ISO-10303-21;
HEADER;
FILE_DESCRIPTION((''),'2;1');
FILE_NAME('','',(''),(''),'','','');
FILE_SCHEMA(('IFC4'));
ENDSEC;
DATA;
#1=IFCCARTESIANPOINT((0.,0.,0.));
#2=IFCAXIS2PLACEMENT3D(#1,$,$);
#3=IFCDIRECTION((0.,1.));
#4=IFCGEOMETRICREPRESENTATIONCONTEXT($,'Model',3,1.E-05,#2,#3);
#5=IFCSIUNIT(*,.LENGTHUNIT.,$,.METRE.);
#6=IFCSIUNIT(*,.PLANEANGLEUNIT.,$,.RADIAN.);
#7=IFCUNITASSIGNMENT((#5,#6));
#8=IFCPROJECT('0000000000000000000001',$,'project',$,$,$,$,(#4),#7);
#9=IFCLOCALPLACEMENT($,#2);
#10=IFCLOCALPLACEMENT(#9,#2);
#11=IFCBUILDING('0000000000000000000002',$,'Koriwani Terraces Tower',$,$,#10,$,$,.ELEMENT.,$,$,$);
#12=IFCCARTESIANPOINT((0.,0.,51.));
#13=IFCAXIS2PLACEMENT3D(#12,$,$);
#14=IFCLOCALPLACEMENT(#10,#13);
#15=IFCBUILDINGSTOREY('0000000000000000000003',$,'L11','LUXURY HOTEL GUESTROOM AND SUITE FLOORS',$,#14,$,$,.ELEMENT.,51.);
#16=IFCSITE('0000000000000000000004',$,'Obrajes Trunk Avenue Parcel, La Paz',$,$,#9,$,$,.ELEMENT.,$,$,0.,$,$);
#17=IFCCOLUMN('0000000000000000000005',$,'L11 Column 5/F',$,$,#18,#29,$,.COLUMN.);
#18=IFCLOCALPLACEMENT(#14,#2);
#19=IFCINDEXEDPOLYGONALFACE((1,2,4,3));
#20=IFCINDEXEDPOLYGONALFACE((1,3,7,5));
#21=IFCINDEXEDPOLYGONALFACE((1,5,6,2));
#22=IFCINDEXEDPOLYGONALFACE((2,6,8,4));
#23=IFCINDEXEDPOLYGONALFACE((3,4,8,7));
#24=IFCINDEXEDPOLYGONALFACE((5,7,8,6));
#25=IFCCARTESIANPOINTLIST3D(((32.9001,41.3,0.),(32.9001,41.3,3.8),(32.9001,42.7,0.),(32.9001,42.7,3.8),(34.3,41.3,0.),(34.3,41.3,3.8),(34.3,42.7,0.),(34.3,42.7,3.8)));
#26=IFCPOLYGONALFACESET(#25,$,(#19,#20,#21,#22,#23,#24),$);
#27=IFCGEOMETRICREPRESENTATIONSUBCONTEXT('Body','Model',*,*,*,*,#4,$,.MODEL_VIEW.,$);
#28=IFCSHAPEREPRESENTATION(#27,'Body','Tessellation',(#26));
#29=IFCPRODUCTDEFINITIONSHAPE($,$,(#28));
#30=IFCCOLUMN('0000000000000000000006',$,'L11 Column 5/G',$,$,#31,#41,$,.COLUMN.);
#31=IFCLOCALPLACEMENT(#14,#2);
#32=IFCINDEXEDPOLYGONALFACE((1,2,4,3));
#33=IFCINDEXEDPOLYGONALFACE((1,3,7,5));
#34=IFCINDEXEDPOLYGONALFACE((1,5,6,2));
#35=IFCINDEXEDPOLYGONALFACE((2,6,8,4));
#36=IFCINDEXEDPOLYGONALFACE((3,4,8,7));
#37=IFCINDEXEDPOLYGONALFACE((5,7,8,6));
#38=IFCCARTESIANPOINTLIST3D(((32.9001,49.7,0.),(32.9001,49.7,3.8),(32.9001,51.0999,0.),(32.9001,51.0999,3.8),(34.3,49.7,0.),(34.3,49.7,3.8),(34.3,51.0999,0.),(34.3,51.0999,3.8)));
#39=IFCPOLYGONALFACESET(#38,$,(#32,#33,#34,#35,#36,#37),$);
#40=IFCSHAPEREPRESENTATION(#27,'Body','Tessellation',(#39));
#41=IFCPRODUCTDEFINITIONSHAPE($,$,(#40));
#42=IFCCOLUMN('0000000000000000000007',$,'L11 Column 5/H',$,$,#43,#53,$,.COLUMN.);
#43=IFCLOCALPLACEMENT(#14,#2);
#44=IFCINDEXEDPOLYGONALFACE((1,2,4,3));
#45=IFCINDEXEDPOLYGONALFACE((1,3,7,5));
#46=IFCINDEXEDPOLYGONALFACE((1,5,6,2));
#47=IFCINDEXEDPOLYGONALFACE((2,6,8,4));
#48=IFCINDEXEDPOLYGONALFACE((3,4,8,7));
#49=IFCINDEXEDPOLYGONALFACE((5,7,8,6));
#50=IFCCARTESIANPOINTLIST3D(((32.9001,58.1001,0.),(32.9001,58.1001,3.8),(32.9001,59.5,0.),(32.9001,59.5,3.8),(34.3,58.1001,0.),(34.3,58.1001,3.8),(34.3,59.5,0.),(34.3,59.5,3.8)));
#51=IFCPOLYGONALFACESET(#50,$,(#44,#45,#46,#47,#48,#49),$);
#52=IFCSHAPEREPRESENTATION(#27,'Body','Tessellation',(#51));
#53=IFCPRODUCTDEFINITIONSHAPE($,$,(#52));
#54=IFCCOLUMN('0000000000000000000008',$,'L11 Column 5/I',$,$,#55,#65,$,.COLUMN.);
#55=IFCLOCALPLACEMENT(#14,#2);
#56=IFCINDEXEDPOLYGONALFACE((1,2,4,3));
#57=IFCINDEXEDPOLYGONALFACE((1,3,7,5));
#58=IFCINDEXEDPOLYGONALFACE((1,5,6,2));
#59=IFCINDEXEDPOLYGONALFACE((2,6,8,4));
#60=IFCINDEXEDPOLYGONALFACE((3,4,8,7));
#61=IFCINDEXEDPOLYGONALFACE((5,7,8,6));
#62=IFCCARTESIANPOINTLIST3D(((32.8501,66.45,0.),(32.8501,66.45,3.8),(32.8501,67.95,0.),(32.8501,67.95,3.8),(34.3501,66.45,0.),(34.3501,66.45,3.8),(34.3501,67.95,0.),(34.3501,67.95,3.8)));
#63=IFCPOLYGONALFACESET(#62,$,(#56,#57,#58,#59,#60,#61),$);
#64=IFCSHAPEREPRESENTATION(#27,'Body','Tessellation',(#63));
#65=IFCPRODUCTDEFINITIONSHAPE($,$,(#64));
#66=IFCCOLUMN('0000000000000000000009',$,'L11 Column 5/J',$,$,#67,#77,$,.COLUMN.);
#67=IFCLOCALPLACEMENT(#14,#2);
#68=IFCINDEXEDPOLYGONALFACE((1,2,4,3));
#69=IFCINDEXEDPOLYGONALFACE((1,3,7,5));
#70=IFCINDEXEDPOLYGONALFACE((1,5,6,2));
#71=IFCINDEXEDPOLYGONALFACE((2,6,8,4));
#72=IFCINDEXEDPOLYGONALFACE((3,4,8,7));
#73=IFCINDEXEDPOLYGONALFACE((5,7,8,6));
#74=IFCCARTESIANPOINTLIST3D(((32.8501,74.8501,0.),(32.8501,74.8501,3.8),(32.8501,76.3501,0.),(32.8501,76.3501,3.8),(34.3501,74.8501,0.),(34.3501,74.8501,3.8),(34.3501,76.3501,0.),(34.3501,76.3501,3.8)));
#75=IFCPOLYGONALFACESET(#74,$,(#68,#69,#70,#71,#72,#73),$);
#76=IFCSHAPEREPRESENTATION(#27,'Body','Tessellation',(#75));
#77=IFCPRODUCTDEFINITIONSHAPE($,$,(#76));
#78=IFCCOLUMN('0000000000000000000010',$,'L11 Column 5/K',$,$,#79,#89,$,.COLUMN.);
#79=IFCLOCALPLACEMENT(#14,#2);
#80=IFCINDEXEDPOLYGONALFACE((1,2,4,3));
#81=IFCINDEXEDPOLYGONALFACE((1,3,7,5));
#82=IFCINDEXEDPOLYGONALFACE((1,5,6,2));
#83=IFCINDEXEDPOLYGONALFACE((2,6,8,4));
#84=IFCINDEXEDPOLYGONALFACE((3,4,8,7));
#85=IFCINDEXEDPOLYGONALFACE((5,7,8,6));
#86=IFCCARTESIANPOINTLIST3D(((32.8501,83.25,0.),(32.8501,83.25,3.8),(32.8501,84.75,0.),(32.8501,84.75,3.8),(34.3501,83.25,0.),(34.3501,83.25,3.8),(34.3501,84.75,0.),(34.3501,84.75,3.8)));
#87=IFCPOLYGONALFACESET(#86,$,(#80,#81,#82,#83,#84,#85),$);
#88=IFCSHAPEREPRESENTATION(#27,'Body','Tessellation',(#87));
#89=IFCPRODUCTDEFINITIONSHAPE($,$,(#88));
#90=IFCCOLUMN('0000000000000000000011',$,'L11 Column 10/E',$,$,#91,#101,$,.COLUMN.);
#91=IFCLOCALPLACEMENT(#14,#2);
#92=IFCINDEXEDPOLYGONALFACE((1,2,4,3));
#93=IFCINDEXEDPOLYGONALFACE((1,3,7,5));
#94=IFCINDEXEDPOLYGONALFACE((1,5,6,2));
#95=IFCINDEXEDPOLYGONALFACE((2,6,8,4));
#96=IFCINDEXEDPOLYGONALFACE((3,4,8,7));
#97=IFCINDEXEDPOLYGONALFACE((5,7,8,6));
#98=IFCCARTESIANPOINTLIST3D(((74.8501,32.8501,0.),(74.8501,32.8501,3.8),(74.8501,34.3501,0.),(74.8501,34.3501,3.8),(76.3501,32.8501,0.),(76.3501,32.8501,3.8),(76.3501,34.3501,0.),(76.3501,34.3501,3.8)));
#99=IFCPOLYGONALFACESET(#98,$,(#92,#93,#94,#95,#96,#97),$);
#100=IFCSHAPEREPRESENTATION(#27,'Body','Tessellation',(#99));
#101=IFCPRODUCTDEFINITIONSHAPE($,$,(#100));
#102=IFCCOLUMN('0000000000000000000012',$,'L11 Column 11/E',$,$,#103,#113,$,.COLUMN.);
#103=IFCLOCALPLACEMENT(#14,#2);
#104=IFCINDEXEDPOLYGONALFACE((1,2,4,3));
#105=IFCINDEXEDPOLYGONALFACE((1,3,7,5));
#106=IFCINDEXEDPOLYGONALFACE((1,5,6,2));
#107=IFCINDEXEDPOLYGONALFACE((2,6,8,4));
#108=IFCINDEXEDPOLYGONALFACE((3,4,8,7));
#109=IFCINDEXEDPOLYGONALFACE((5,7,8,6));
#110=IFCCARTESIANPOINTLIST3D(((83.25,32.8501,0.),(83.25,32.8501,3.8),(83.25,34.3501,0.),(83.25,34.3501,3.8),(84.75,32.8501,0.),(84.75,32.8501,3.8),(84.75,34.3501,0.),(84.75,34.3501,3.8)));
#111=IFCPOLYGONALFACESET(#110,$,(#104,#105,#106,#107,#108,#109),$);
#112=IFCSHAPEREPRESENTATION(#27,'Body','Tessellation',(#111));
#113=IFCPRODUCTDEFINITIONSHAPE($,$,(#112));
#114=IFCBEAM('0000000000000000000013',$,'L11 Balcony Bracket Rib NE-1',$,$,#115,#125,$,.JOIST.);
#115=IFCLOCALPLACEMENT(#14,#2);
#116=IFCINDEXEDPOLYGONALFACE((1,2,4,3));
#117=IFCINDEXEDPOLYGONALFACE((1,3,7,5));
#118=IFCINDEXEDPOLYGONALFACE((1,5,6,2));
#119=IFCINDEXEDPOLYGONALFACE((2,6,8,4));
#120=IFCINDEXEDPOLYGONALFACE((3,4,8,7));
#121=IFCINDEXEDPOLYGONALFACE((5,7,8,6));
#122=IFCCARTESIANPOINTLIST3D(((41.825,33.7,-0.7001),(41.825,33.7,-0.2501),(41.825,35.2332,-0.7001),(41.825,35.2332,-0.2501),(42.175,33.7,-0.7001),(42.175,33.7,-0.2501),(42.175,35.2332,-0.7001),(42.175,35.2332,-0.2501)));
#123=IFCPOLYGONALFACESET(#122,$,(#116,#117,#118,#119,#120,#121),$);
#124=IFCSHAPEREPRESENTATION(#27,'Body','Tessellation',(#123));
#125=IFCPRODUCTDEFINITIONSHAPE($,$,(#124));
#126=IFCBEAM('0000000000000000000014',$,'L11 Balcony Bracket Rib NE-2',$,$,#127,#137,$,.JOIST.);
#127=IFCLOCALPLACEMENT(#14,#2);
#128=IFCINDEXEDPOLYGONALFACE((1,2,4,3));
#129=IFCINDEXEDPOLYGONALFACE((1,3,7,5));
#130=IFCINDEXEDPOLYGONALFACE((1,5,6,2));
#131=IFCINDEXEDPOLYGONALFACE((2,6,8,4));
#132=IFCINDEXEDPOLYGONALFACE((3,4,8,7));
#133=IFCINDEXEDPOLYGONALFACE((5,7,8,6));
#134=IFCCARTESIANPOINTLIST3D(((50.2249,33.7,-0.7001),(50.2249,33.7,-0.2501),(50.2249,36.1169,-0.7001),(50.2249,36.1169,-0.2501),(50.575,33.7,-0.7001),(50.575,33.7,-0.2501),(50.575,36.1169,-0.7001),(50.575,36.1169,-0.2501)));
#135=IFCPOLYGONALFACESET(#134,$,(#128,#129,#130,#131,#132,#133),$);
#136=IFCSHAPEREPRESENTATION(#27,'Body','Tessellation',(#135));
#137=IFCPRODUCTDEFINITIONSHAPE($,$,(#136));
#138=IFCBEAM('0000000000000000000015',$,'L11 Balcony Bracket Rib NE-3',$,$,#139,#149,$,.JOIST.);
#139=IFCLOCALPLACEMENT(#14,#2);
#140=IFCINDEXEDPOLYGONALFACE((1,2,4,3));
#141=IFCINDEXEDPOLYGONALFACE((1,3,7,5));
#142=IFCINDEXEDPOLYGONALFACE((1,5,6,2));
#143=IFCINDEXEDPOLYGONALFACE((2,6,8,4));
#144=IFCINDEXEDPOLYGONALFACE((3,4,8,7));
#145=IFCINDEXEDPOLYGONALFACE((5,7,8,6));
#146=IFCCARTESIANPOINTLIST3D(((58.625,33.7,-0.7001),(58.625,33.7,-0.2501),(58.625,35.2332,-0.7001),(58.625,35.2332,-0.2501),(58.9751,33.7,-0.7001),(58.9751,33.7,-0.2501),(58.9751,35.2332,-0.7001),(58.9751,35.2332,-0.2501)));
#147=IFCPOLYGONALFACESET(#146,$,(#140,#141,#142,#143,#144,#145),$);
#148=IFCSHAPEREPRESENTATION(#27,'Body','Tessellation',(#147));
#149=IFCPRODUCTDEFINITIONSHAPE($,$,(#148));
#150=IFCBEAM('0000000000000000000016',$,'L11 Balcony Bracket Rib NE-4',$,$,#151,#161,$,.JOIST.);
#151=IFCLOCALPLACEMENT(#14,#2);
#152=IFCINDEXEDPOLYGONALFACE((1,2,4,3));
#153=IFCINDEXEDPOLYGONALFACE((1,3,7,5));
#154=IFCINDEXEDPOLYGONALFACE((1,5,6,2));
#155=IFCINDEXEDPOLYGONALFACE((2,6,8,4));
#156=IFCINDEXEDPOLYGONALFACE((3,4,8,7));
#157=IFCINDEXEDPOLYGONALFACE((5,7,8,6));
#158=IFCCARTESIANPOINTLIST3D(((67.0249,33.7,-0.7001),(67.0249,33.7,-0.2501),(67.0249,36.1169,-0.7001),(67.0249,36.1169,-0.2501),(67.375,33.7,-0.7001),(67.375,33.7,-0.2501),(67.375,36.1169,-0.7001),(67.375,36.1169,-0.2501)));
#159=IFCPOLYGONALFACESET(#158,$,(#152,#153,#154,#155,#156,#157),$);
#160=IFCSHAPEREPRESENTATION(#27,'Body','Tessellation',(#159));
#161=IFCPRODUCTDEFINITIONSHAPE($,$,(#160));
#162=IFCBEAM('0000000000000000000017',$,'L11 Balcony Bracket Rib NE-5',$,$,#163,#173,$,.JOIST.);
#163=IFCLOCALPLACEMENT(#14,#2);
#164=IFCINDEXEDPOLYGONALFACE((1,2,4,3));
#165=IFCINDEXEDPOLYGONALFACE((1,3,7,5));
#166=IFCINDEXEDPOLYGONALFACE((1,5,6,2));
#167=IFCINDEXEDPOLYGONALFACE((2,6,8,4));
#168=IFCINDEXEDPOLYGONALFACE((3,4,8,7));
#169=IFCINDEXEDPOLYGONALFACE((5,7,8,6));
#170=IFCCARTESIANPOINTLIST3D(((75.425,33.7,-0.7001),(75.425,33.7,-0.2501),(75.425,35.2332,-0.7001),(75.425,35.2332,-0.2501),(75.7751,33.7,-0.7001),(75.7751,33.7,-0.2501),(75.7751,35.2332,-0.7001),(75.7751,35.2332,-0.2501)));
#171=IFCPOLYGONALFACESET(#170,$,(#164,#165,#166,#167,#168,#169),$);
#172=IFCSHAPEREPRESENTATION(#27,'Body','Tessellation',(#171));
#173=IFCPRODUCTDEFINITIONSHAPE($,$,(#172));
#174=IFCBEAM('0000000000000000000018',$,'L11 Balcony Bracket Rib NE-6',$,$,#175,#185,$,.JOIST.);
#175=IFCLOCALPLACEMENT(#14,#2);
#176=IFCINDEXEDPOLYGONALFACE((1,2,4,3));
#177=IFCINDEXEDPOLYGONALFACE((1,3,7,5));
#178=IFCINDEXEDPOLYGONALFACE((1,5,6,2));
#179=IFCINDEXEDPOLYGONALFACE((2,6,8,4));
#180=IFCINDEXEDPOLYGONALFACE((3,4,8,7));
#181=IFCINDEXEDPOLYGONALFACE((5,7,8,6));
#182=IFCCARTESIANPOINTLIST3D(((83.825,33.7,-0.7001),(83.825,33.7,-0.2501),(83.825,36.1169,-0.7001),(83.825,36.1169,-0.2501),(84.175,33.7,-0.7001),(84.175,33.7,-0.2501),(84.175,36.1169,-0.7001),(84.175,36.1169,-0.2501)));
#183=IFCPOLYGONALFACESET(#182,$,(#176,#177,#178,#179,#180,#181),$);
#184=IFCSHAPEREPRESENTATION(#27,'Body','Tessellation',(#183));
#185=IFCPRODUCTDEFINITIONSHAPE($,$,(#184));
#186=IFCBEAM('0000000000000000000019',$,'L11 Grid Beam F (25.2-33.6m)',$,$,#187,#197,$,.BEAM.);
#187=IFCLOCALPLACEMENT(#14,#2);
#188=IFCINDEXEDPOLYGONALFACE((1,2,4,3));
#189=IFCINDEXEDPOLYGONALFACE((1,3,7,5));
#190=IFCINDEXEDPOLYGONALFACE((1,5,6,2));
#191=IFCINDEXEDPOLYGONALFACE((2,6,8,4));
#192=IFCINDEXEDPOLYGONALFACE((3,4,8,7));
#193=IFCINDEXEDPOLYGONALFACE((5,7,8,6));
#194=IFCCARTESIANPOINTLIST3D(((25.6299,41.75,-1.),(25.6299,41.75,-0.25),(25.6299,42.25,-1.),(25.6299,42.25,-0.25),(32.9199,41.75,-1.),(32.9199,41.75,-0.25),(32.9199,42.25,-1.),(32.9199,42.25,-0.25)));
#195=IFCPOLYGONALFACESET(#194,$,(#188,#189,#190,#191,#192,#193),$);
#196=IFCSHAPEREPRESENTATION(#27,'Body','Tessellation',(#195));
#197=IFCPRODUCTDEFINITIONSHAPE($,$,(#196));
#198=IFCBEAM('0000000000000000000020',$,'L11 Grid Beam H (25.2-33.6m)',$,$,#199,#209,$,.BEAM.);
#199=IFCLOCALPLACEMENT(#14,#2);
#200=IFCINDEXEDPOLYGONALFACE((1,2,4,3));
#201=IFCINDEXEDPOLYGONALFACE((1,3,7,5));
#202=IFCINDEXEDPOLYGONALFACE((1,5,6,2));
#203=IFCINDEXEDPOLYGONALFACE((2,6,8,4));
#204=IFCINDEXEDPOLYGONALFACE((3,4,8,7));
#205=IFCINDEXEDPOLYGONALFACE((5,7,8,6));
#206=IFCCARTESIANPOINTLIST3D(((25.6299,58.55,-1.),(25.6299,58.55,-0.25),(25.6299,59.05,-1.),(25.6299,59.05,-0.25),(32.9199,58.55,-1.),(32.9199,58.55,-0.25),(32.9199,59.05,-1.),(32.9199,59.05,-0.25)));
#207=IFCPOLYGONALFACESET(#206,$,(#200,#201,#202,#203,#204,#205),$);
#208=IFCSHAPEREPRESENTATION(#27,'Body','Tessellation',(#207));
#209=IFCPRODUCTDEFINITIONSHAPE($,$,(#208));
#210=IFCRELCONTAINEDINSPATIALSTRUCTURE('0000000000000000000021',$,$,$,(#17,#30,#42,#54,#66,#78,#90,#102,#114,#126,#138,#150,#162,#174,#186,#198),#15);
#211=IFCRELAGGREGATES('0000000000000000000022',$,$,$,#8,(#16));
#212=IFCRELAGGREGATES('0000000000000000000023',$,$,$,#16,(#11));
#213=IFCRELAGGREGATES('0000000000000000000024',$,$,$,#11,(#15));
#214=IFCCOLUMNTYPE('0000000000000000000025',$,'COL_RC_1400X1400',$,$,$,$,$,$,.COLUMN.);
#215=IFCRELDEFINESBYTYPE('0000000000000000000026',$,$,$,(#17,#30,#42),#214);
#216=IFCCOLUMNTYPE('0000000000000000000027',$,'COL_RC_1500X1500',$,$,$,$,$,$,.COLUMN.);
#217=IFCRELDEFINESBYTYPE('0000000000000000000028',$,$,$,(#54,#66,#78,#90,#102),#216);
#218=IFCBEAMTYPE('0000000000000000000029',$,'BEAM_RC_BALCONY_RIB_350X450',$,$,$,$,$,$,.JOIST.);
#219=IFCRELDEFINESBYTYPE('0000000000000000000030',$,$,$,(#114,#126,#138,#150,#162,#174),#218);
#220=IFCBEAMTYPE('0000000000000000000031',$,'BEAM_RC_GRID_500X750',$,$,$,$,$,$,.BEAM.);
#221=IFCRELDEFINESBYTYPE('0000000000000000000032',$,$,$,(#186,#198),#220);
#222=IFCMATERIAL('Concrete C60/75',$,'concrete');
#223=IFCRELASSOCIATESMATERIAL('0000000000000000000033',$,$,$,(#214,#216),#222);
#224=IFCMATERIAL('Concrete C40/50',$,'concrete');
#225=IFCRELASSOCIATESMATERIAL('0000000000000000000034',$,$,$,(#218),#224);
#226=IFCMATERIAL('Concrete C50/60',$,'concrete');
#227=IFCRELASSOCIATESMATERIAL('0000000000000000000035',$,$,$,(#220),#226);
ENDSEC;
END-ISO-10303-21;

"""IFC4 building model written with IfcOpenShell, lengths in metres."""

from ifc_helpers import new_model, si_unit, direction, frame, origin, origin_2d, place, context, subcontext, project, spatial, rectangle, extrude, material, material_profile, profile_set, type_object, element, save


model = new_model("IFC4")

# Units and contexts
model_context = context("Model", 3, precision=1e-05, world=origin(), true_north=direction((0.0, 1.0)))
body_context = subcontext(model_context, "Body", "Model", "MODEL_VIEW")
ifc_project = project(units=[si_unit("LENGTHUNIT", "METRE"), si_unit("PLANEANGLEUNIT", "RADIAN")], contexts=[model_context])

# Site, building, storey
site_placement = place(None, origin())
site = spatial("IfcSite", under=ifc_project, at=site_placement, Name="Obrajes Trunk Avenue Parcel, La Paz", CompositionType="ELEMENT", RefElevation=0.0)
building_placement = place(site_placement, origin())
building = spatial("IfcBuilding", under=site, at=building_placement, Name="Koriwani Terraces Tower", CompositionType="ELEMENT")
storey_placement = place(building_placement, frame((0.0, 0.0, 51.0)))
storey = spatial("IfcBuildingStorey", under=building, at=storey_placement, Name="L11", Description="LUXURY HOTEL GUESTROOM AND SUITE FLOORS", CompositionType="ELEMENT", Elevation=51.0)

# Columns
ifc_material_1 = material(Name="Concrete C60/75", Category="concrete")
ifc_material_profile_1 = material_profile(ifc_material_1, rectangle(XDim=1.3999, YDim=1.3999, at=origin_2d()), Name="Concrete C60/75", Category="LoadBearing")
ifc_profile_set_1 = profile_set([ifc_material_profile_1], Name="Concrete C60/75")
column_type_1 = type_object("IfcColumnType", Name="COL_RC_1400X1400", PredefinedType="COLUMN", material=ifc_profile_set_1)
for number, where, z_axis, x_axis, name in (
    (1, (33.6001, 42.0, 0.0), (0.0, 0.0, 1.0), (1.0, 0.0, 0.0), "L11 Column 5/F"),
    (2, (33.6001, 50.3999, 0.0), (0.0, 0.0, 1.0), (1.0, 0.0, 0.0), "L11 Column 5/G"),
    (3, (33.6001, 58.8, 0.0), (0.0, 0.0, 1.0), (1.0, 0.0, 0.0), "L11 Column 5/H"),
):
    element("IfcColumn", number, at=place(storey_placement, frame(where, z_axis=z_axis, x_axis=x_axis)), inside=storey, type_object=column_type_1, Name=name, PredefinedType="COLUMN", context=body_context, shape_type="SweptSolid", body=[
        extrude(rectangle(XDim=1.3999, YDim=1.3999, at=origin_2d()), origin(), (0.0, 0.0, 1.0), 3.8),
    ])
ifc_material_profile_2 = material_profile(ifc_material_1, rectangle(XDim=1.5, YDim=1.5, at=origin_2d()), Name="Concrete C60/75", Category="LoadBearing")
ifc_profile_set_2 = profile_set([ifc_material_profile_2], Name="Concrete C60/75")
column_type_2 = type_object("IfcColumnType", Name="COL_RC_1500X1500", PredefinedType="COLUMN", material=ifc_profile_set_2)
for number, where, z_axis, x_axis, name in (
    (4, (33.6001, 67.2, 0.0), (0.0, 0.0, 1.0), (1.0, 0.0, 0.0), "L11 Column 5/I"),
    (5, (33.6001, 75.6001, 0.0), (0.0, 0.0, 1.0), (1.0, 0.0, 0.0), "L11 Column 5/J"),
    (6, (33.6001, 84.0, 0.0), (0.0, 0.0, 1.0), (1.0, 0.0, 0.0), "L11 Column 5/K"),
    (7, (75.6001, 33.6001, 0.0), (0.0, 0.0, 1.0), (1.0, 0.0, 0.0), "L11 Column 10/E"),
    (8, (84.0, 33.6001, 0.0), (0.0, 0.0, 1.0), (1.0, 0.0, 0.0), "L11 Column 11/E"),
):
    element("IfcColumn", number, at=place(storey_placement, frame(where, z_axis=z_axis, x_axis=x_axis)), inside=storey, type_object=column_type_2, Name=name, PredefinedType="COLUMN", context=body_context, shape_type="SweptSolid", body=[
        extrude(rectangle(XDim=1.5, YDim=1.5, at=origin_2d()), origin(), (0.0, 0.0, 1.0), 3.8),
    ])

# Beams
ifc_material_2 = material(Name="Concrete C40/50", Category="concrete")
ifc_material_profile_3 = material_profile(ifc_material_2, rectangle(XDim=0.3501, YDim=0.45, at=origin_2d()), Name="Concrete C40/50", Category="LoadBearing")
ifc_profile_set_3 = profile_set([ifc_material_profile_3], Name="Concrete C40/50")
beam_type_1 = type_object("IfcBeamType", Name="BEAM_RC_BALCONY_RIB_350X450", PredefinedType="JOIST", material=ifc_profile_set_3)
beam_1_placement = place(storey_placement, frame((42.0, 33.7, -0.4751), z_axis=(0.0, 1.0, 0.0), x_axis=(-1.0, 0.0, 0.0)))
element("IfcBeam", 9, at=beam_1_placement, inside=storey, type_object=beam_type_1, Name="L11 Balcony Bracket Rib NE-1", PredefinedType="JOIST", context=body_context, shape_type="SweptSolid", body=[
    extrude(rectangle(XDim=0.3501, YDim=0.45, at=origin_2d()), origin(), (0.0, 0.0, 1.0), 1.5332),
])
beam_2_placement = place(storey_placement, frame((50.3999, 33.7, -0.4751), z_axis=(0.0, 1.0, 0.0), x_axis=(-1.0, 0.0, 0.0)))
element("IfcBeam", 10, at=beam_2_placement, inside=storey, type_object=beam_type_1, Name="L11 Balcony Bracket Rib NE-2", PredefinedType="JOIST", context=body_context, shape_type="SweptSolid", body=[
    extrude(rectangle(XDim=0.3501, YDim=0.45, at=origin_2d()), origin(), (0.0, 0.0, 1.0), 2.417),
])
beam_3_placement = place(storey_placement, frame((58.8, 33.7, -0.4751), z_axis=(0.0, 1.0, 0.0), x_axis=(-1.0, 0.0, 0.0)))
element("IfcBeam", 11, at=beam_3_placement, inside=storey, type_object=beam_type_1, Name="L11 Balcony Bracket Rib NE-3", PredefinedType="JOIST", context=body_context, shape_type="SweptSolid", body=[
    extrude(rectangle(XDim=0.3501, YDim=0.45, at=origin_2d()), origin(), (0.0, 0.0, 1.0), 1.5332),
])
beam_4_placement = place(storey_placement, frame((67.2, 33.7, -0.4751), z_axis=(0.0, 1.0, 0.0), x_axis=(-1.0, 0.0, 0.0)))
element("IfcBeam", 12, at=beam_4_placement, inside=storey, type_object=beam_type_1, Name="L11 Balcony Bracket Rib NE-4", PredefinedType="JOIST", context=body_context, shape_type="SweptSolid", body=[
    extrude(rectangle(XDim=0.3501, YDim=0.45, at=origin_2d()), origin(), (0.0, 0.0, 1.0), 2.417),
])
beam_5_placement = place(storey_placement, frame((75.6001, 33.7, -0.4751), z_axis=(0.0, 1.0, 0.0), x_axis=(-1.0, 0.0, 0.0)))
element("IfcBeam", 13, at=beam_5_placement, inside=storey, type_object=beam_type_1, Name="L11 Balcony Bracket Rib NE-5", PredefinedType="JOIST", context=body_context, shape_type="SweptSolid", body=[
    extrude(rectangle(XDim=0.3501, YDim=0.45, at=origin_2d()), origin(), (0.0, 0.0, 1.0), 1.5332),
])
beam_6_placement = place(storey_placement, frame((84.0, 33.7, -0.4751), z_axis=(0.0, 1.0, 0.0), x_axis=(-1.0, 0.0, 0.0)))
element("IfcBeam", 14, at=beam_6_placement, inside=storey, type_object=beam_type_1, Name="L11 Balcony Bracket Rib NE-6", PredefinedType="JOIST", context=body_context, shape_type="SweptSolid", body=[
    extrude(rectangle(XDim=0.3501, YDim=0.45, at=origin_2d()), origin(), (0.0, 0.0, 1.0), 2.417),
])
ifc_material_3 = material(Name="Concrete C50/60", Category="concrete")
ifc_material_profile_4 = material_profile(ifc_material_3, rectangle(XDim=0.5, YDim=0.75, at=origin_2d()), Name="Concrete C50/60", Category="LoadBearing")
ifc_profile_set_4 = profile_set([ifc_material_profile_4], Name="Concrete C50/60")
beam_type_2 = type_object("IfcBeamType", Name="BEAM_RC_GRID_500X750", PredefinedType="BEAM", material=ifc_profile_set_4)
for number, where, z_axis, x_axis, name in (
    (15, (25.6299, 42.0, -0.625), (1.0, 0.0, 0.0), (0.0, 1.0, 0.0), "L11 Grid Beam F (25.2-33.6m)"),
    (16, (25.6299, 58.8, -0.625), (1.0, 0.0, 0.0), (0.0, 1.0, 0.0), "L11 Grid Beam H (25.2-33.6m)"),
):
    element("IfcBeam", number, at=place(storey_placement, frame(where, z_axis=z_axis, x_axis=x_axis)), inside=storey, type_object=beam_type_2, Name=name, PredefinedType="BEAM", context=body_context, shape_type="SweptSolid", body=[
        extrude(rectangle(XDim=0.5, YDim=0.75, at=origin_2d()), origin(), (0.0, 0.0, 1.0), 7.29),
    ])

save(model, "model.ifc")
